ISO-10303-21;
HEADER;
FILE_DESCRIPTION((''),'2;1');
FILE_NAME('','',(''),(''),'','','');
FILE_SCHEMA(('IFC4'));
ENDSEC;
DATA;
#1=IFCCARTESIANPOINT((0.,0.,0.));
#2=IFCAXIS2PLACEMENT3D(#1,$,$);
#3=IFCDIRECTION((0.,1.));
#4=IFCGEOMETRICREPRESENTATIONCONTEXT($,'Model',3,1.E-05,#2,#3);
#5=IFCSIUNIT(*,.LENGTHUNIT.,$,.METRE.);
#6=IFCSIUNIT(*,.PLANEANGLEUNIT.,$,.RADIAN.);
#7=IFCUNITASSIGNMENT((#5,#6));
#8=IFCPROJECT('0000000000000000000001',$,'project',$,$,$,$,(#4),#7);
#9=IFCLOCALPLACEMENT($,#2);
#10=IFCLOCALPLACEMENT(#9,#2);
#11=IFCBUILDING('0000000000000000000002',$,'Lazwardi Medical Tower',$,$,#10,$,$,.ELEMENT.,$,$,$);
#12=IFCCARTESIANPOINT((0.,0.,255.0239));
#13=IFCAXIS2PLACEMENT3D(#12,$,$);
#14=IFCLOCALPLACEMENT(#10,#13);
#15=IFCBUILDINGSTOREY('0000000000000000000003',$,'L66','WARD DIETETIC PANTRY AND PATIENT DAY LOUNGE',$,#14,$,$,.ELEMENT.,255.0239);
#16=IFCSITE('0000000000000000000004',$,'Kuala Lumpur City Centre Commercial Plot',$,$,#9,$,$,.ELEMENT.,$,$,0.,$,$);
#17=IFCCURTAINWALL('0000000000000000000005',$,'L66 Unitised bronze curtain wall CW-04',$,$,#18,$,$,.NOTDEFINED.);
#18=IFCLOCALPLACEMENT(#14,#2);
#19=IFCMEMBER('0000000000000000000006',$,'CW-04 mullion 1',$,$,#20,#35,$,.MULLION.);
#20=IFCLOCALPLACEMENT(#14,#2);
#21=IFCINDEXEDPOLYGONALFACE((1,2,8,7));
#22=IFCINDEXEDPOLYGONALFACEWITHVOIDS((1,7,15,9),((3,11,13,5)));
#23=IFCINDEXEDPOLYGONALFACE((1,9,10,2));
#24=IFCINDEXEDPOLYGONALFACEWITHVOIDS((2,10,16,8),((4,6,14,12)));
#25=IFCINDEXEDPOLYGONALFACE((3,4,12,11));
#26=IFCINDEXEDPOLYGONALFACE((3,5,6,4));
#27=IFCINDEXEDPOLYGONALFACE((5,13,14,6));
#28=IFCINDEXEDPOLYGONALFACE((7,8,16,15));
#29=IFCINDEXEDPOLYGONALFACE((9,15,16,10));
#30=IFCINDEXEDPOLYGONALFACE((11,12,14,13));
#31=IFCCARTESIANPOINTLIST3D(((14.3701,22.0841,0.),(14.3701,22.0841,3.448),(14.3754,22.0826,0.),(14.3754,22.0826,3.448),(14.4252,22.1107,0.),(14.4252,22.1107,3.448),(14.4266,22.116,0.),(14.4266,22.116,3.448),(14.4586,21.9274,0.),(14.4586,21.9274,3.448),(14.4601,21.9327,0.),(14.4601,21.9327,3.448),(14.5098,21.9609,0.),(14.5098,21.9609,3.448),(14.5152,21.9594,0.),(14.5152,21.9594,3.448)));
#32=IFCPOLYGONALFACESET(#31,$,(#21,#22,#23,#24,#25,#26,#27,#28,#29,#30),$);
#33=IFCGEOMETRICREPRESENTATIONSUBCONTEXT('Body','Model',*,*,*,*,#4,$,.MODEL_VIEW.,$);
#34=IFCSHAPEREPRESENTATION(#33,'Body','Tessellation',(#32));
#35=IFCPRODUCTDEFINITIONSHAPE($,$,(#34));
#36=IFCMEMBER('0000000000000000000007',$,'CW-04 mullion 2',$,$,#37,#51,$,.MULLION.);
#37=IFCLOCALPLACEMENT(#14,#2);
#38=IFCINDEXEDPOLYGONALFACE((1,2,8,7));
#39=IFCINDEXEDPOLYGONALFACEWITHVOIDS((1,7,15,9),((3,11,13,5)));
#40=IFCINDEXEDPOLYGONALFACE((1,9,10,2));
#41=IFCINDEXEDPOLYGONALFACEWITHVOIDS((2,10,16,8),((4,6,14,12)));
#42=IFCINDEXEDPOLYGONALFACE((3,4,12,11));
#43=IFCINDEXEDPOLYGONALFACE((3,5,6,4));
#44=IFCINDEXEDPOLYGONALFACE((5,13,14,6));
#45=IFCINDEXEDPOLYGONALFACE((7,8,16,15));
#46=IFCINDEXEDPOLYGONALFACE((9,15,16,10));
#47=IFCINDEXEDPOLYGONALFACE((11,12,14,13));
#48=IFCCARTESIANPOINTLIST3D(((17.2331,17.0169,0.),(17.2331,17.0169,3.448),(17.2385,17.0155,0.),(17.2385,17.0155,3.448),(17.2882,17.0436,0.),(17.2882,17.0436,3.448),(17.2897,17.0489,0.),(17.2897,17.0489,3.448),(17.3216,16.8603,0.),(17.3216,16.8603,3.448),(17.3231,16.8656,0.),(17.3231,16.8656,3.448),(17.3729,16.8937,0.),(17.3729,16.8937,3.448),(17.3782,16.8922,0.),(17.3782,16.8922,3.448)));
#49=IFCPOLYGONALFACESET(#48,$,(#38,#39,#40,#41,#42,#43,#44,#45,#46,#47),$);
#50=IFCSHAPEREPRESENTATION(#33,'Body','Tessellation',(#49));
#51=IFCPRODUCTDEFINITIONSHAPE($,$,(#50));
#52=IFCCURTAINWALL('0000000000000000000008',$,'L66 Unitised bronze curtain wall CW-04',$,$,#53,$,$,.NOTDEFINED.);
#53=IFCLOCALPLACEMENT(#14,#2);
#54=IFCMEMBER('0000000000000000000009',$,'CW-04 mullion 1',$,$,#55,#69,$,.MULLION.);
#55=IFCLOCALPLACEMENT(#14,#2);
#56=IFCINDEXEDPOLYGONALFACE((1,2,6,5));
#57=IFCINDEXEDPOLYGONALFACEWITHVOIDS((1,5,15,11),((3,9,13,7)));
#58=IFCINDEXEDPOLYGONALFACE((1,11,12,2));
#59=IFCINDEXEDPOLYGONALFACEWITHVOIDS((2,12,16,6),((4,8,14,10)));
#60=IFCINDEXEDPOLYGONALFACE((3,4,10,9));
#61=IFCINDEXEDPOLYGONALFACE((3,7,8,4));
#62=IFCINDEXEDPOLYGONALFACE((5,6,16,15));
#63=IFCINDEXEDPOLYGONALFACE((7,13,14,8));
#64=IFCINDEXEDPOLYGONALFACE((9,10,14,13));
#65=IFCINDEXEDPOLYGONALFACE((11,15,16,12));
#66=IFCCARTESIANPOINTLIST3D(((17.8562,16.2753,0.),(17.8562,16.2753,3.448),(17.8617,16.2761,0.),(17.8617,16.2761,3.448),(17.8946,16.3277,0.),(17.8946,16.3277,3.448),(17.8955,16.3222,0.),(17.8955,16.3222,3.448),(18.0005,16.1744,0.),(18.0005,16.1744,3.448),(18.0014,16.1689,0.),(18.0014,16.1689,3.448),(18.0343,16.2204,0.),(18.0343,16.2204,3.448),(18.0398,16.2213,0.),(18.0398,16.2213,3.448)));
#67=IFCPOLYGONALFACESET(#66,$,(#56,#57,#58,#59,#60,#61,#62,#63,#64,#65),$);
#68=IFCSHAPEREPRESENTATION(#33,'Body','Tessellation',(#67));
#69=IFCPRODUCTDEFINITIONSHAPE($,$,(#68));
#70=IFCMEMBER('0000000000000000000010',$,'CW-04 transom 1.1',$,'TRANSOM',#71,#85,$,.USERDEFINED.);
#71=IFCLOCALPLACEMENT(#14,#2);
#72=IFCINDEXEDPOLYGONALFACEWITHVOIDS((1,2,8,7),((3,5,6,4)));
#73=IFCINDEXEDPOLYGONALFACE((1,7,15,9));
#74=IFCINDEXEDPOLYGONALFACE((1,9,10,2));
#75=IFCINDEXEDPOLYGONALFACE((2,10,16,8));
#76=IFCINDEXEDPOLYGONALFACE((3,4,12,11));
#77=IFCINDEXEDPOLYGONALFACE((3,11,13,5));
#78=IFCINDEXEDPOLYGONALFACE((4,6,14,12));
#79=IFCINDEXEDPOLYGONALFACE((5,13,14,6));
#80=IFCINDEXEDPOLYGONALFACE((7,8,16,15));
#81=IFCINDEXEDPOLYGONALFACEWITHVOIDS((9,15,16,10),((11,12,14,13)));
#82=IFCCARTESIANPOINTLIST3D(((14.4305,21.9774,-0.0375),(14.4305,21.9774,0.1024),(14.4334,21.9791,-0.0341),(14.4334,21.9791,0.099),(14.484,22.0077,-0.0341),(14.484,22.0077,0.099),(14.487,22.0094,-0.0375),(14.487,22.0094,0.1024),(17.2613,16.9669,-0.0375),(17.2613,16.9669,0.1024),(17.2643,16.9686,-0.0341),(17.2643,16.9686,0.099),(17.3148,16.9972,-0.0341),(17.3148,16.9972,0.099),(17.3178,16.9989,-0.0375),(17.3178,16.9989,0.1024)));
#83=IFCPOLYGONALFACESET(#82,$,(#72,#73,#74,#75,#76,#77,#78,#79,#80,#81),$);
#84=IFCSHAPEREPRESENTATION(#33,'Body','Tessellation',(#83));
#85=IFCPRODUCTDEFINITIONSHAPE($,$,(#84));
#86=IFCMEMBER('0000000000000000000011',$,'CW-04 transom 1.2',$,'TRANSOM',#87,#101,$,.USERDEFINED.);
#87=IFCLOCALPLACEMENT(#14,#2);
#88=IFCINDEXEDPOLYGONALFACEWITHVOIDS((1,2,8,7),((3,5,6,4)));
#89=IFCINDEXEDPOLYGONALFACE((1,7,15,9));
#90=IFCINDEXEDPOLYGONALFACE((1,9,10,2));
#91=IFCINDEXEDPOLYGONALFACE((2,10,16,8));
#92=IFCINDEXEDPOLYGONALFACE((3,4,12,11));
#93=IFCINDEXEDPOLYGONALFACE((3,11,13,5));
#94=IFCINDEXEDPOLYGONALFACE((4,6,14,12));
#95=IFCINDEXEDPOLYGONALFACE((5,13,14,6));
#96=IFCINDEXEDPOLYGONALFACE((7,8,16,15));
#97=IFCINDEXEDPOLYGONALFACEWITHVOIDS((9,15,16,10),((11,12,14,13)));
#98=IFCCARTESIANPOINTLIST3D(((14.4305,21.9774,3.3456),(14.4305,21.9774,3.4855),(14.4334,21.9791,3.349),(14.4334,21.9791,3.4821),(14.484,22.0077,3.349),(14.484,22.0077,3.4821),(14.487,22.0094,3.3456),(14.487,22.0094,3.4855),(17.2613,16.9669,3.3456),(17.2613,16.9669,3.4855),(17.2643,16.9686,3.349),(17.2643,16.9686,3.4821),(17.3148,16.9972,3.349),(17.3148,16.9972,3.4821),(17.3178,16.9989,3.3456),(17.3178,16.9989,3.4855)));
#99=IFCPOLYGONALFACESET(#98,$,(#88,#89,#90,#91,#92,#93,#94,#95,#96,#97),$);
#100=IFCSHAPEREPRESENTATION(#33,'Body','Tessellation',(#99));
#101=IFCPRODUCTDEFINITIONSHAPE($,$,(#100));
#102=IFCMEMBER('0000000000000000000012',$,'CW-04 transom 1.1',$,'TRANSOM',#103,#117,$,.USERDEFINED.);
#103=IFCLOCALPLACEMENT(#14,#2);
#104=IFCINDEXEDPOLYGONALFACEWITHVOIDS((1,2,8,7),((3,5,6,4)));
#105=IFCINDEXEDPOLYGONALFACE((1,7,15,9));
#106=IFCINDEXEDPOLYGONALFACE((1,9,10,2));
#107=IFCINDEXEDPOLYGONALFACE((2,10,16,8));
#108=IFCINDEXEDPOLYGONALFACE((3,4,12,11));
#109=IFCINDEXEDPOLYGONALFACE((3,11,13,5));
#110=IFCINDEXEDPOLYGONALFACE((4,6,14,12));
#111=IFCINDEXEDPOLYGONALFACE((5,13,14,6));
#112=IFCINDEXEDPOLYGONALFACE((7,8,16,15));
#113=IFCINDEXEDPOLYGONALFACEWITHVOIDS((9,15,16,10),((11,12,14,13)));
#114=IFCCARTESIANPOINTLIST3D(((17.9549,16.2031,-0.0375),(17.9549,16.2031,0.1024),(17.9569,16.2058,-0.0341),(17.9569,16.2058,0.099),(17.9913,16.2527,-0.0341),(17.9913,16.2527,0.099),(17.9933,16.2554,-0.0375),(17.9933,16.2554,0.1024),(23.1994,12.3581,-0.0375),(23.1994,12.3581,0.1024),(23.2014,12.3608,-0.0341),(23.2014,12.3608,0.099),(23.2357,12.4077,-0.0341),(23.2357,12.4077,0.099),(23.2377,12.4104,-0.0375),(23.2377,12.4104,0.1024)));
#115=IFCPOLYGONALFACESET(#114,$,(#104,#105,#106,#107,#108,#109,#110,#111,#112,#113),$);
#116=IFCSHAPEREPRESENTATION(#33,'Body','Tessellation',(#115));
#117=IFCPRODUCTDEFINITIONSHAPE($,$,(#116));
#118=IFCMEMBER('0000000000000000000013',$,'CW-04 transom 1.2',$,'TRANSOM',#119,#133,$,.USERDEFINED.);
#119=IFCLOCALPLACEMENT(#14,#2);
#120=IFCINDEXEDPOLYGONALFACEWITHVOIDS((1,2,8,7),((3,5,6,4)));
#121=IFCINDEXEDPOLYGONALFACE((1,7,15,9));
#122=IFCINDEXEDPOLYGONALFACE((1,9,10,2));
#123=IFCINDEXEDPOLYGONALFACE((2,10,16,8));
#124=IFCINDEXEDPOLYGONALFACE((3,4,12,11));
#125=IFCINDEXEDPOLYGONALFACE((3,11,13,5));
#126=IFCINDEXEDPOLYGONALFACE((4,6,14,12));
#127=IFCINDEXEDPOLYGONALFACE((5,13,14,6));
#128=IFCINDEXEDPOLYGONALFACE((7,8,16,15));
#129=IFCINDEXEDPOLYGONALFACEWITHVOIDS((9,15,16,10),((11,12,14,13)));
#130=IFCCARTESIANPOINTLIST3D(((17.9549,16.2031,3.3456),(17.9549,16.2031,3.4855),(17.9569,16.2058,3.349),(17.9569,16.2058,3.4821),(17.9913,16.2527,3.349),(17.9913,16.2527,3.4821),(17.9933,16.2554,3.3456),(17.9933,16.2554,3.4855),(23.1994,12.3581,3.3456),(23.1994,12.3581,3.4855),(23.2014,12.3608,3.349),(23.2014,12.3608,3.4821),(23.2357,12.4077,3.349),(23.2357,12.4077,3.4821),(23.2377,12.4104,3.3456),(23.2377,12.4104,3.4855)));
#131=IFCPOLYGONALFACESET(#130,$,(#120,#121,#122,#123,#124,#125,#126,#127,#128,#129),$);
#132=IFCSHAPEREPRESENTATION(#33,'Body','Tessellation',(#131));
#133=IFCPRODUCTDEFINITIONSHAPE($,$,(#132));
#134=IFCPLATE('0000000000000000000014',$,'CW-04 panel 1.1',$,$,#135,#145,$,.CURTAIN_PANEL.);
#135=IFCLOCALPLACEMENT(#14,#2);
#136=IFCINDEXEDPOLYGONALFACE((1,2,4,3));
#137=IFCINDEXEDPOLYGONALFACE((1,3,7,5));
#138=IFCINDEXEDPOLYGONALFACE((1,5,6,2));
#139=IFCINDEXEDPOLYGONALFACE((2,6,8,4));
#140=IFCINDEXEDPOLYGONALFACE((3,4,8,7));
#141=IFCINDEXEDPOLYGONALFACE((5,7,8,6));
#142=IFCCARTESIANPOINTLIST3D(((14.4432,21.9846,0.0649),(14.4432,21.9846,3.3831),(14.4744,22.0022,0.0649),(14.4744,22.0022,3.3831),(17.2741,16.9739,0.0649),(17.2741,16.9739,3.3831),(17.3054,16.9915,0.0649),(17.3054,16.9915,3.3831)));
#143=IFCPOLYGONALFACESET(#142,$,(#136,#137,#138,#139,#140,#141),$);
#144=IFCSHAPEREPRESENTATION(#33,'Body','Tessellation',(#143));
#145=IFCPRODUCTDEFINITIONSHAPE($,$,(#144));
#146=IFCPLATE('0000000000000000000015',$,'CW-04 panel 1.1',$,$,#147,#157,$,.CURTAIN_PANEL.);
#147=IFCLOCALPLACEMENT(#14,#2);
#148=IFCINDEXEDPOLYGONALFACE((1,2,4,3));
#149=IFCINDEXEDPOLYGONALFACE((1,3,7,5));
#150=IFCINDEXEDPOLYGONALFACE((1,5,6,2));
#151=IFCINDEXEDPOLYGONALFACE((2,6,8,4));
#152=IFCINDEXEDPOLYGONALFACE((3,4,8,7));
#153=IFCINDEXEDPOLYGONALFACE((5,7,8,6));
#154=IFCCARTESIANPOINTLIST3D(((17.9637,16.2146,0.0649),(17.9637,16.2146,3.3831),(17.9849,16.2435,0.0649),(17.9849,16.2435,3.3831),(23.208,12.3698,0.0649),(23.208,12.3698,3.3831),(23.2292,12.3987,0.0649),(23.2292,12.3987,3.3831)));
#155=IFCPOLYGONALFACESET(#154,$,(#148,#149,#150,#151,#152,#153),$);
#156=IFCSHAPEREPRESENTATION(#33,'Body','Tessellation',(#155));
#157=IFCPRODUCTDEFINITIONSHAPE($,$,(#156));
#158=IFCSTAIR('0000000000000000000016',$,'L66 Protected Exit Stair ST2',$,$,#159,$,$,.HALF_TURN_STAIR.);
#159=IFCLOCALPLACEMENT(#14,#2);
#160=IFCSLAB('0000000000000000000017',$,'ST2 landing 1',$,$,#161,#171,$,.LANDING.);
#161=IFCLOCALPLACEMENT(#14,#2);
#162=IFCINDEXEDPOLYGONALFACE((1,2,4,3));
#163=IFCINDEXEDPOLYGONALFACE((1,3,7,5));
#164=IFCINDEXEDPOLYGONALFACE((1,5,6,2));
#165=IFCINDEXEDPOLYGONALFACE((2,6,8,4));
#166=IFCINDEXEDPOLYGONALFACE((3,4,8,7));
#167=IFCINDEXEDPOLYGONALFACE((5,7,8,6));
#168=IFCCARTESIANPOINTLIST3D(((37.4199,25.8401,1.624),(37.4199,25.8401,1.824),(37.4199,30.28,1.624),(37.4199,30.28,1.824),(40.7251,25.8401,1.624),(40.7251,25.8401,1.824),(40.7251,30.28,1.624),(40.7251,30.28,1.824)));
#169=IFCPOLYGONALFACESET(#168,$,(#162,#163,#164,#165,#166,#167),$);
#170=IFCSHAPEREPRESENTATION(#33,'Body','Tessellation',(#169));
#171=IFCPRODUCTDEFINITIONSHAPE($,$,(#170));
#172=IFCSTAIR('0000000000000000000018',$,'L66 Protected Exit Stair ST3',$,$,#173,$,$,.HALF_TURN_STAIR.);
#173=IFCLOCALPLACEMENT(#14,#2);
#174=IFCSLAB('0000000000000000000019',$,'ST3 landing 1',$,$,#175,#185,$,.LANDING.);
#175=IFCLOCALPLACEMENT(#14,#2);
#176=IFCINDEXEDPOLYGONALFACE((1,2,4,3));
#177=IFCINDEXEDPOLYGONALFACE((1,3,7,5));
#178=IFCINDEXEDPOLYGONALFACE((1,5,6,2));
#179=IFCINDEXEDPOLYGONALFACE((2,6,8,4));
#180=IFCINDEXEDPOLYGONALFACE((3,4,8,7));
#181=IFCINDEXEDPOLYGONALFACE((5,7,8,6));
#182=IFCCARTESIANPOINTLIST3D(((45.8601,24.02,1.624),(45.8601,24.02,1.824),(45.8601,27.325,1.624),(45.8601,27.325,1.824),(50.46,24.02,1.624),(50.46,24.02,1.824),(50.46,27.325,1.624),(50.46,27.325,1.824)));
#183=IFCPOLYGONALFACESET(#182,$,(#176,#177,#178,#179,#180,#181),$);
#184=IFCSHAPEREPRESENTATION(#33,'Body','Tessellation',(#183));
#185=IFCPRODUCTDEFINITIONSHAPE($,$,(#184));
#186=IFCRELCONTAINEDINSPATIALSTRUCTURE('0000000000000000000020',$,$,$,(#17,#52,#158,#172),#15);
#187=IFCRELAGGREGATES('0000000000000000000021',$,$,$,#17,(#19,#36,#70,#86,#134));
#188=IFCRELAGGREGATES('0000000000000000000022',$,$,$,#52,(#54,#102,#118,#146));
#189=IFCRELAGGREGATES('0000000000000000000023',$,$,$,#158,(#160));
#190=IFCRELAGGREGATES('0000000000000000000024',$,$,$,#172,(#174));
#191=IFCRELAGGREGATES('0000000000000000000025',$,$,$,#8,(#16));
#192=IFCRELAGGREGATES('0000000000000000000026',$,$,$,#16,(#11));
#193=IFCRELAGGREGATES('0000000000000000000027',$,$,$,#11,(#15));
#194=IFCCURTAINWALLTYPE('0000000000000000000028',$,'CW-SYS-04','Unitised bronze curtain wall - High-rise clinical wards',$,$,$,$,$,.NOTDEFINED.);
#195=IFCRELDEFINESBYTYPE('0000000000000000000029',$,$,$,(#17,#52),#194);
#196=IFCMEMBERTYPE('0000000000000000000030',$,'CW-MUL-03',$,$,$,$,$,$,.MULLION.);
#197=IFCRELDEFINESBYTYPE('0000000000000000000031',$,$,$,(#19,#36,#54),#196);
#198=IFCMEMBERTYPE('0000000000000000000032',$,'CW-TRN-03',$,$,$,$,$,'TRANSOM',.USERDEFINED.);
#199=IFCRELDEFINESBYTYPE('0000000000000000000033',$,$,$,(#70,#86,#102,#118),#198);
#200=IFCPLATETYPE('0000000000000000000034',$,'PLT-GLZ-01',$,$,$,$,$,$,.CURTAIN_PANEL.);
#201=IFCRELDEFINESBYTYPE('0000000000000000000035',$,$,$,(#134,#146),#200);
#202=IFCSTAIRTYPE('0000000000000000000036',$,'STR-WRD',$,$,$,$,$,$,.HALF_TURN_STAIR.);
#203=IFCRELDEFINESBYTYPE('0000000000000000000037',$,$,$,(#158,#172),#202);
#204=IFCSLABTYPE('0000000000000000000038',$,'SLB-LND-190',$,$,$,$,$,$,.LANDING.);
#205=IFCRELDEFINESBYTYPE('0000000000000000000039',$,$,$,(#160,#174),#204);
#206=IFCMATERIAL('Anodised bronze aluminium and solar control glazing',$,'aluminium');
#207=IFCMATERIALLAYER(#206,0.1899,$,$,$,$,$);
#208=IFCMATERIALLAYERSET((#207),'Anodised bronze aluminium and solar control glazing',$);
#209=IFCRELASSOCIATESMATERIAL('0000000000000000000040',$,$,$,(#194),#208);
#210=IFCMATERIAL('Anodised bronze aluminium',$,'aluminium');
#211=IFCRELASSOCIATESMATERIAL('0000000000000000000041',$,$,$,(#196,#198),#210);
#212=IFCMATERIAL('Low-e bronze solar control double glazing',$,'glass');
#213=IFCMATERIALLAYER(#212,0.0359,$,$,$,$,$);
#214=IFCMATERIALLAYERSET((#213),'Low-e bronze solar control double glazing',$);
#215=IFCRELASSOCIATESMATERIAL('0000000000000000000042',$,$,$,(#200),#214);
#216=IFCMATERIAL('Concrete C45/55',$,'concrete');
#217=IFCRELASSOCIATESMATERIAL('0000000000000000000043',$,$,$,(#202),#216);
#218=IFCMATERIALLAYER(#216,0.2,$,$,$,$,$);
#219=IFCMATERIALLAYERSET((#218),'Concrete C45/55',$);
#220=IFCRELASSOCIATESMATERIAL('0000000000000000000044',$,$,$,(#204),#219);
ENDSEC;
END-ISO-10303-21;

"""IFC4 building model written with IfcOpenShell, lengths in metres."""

from ifc_helpers import new_model, si_unit, direction, frame, origin, origin_2d, place, context, subcontext, project, spatial, polyline, rectangle, hollow_rectangle, outline, extrude, material, layer, layer_set, material_profile, profile_set, type_object, element, aggregate, save


model = new_model("IFC4")

# Units and contexts
model_context = context("Model", 3, precision=1e-05, world=origin(), true_north=direction((0.0, 1.0)))
body_context = subcontext(model_context, "Body", "Model", "MODEL_VIEW")
ifc_project = project(units=[si_unit("LENGTHUNIT", "METRE"), si_unit("PLANEANGLEUNIT", "RADIAN")], contexts=[model_context])

# Site, building, storey
site_placement = place(None, origin())
site = spatial("IfcSite", under=ifc_project, at=site_placement, Name="Kuala Lumpur City Centre Commercial Plot", CompositionType="ELEMENT", RefElevation=0.0)
building_placement = place(site_placement, origin())
building = spatial("IfcBuilding", under=site, at=building_placement, Name="Lazwardi Medical Tower", CompositionType="ELEMENT")
storey_placement = place(building_placement, frame((0.0, 0.0, 255.0239)))
storey = spatial("IfcBuildingStorey", under=building, at=storey_placement, Name="L66", Description="WARD DIETETIC PANTRY AND PATIENT DAY LOUNGE", CompositionType="ELEMENT", Elevation=255.0239)

# Curtain wall, members
ifc_material_1 = material(Name="Anodised bronze aluminium and solar control glazing", Category="aluminium")
ifc_layer_1 = layer(ifc_material_1, 0.1899)
ifc_layer_set_1 = layer_set([ifc_layer_1], Name="Anodised bronze aluminium and solar control glazing")
curtain_wall_type = type_object("IfcCurtainWallType", Name="CW-SYS-04", Description="Unitised bronze curtain wall - High-rise clinical wards", PredefinedType="NOTDEFINED", material=ifc_layer_set_1)
curtain_wall_1_placement = place(storey_placement, origin())
curtain_wall_1 = element("IfcCurtainWall", 1, at=curtain_wall_1_placement, inside=storey, type_object=curtain_wall_type, Name="L66 Unitised bronze curtain wall CW-04", PredefinedType="NOTDEFINED")
ifc_material_2 = material(Name="Anodised bronze aluminium", Category="aluminium")
ifc_material_profile_1 = material_profile(ifc_material_2, hollow_rectangle(XDim=0.0649, YDim=0.1799, WallThickness=0.0039, at=origin_2d()), Name="ALU-MULLION 180x65x4")
ifc_profile_set_1 = profile_set([ifc_material_profile_1], Name="Anodised bronze aluminium")
member_type_1 = type_object("IfcMemberType", Name="CW-MUL-03", PredefinedType="MULLION", material=ifc_profile_set_1)
member_1_placement = place(storey_placement, frame((14.4426, 22.0217, 0.0), z_axis=(0.0, 0.0, 1.0), x_axis=(0.870651, 0.4919, 0.0)))
member_1 = element("IfcMember", 2, at=member_1_placement, type_object=member_type_1, Name="CW-04 mullion 1", PredefinedType="MULLION", context=body_context, shape_type="SweptSolid", body=[
    extrude(hollow_rectangle(XDim=0.0649, YDim=0.1799, WallThickness=0.0039, at=origin_2d()), origin(), (0.0, 0.0, 1.0), 3.448),
])
member_2_placement = place(storey_placement, frame((17.3057, 16.9546, 0.0), z_axis=(0.0, 0.0, 1.0), x_axis=(0.870651, 0.4919, 0.0)))
member_2 = element("IfcMember", 3, at=member_2_placement, type_object=member_type_1, Name="CW-04 mullion 2", PredefinedType="MULLION", context=body_context, shape_type="SweptSolid", body=[
    extrude(hollow_rectangle(XDim=0.0649, YDim=0.1799, WallThickness=0.0039, at=origin_2d()), origin(), (0.0, 0.0, 1.0), 3.448),
])

# Curtain wall, member
curtain_wall_2_placement = place(storey_placement, origin())
curtain_wall_2 = element("IfcCurtainWall", 4, at=curtain_wall_2_placement, inside=storey, type_object=curtain_wall_type, Name="L66 Unitised bronze curtain wall CW-04", PredefinedType="NOTDEFINED")
member_3_placement = place(storey_placement, frame((17.948, 16.2483, 0.0), z_axis=(0.0, 0.0, 1.0), x_axis=(0.591268, 0.806475, 0.0)))
member_3 = element("IfcMember", 5, at=member_3_placement, type_object=member_type_1, Name="CW-04 mullion 1", PredefinedType="MULLION", context=body_context, shape_type="SweptSolid", body=[
    extrude(hollow_rectangle(XDim=0.0649, YDim=0.1799, WallThickness=0.0039, at=origin_2d()), origin(), (0.0, 0.0, 1.0), 3.448),
])

# Members
ifc_material_profile_2 = material_profile(ifc_material_2, hollow_rectangle(XDim=0.0649, YDim=0.1399, WallThickness=0.0034, at=origin_2d()), Name="ALU-TRANSOM 140x65x3.5")
ifc_profile_set_2 = profile_set([ifc_material_profile_2], Name="Anodised bronze aluminium")
member_type_2 = type_object("IfcMemberType", Name="CW-TRN-03", ElementType="TRANSOM", PredefinedType="USERDEFINED", material=ifc_profile_set_2)
member_4_placement = place(storey_placement, frame((14.4587, 21.9934, 0.0325), z_axis=(0.491898, -0.870653, 0.0), x_axis=(0.870653, 0.491898, 0.0)))
member_4 = element("IfcMember", 6, at=member_4_placement, type_object=member_type_2, Name="CW-04 transom 1.1", ObjectType="TRANSOM", PredefinedType="USERDEFINED", context=body_context, shape_type="SweptSolid", body=[
    extrude(hollow_rectangle(XDim=0.0649, YDim=0.1399, WallThickness=0.0034, at=origin_2d()), origin(), (0.0, 0.0, 1.0), 5.7549),
])
member_5_placement = place(storey_placement, frame((14.4587, 21.9934, 3.4155), z_axis=(0.491898, -0.870653, 0.0), x_axis=(0.870653, 0.491898, 0.0)))
member_5 = element("IfcMember", 7, at=member_5_placement, type_object=member_type_2, Name="CW-04 transom 1.2", ObjectType="TRANSOM", PredefinedType="USERDEFINED", context=body_context, shape_type="SweptSolid", body=[
    extrude(hollow_rectangle(XDim=0.0649, YDim=0.1399, WallThickness=0.0034, at=origin_2d()), origin(), (0.0, 0.0, 1.0), 5.7549),
])
member_6_placement = place(storey_placement, frame((17.9741, 16.2292, 0.0325), z_axis=(0.806472, -0.591273, 0.0), x_axis=(0.591273, 0.806472, 0.0)))
member_6 = element("IfcMember", 8, at=member_6_placement, type_object=member_type_2, Name="CW-04 transom 1.1", ObjectType="TRANSOM", PredefinedType="USERDEFINED", context=body_context, shape_type="SweptSolid", body=[
    extrude(hollow_rectangle(XDim=0.0649, YDim=0.1399, WallThickness=0.0034, at=origin_2d()), origin(), (0.0, 0.0, 1.0), 6.5029),
])
member_7_placement = place(storey_placement, frame((17.9741, 16.2292, 3.4155), z_axis=(0.806472, -0.591273, 0.0), x_axis=(0.591273, 0.806472, 0.0)))
member_7 = element("IfcMember", 9, at=member_7_placement, type_object=member_type_2, Name="CW-04 transom 1.2", ObjectType="TRANSOM", PredefinedType="USERDEFINED", context=body_context, shape_type="SweptSolid", body=[
    extrude(hollow_rectangle(XDim=0.0649, YDim=0.1399, WallThickness=0.0034, at=origin_2d()), origin(), (0.0, 0.0, 1.0), 6.5029),
])

# Plates
ifc_material_3 = material(Name="Low-e bronze solar control double glazing", Category="glass")
ifc_layer_2 = layer(ifc_material_3, 0.0359)
ifc_layer_set_2 = layer_set([ifc_layer_2], Name="Low-e bronze solar control double glazing")
plate_type = type_object("IfcPlateType", Name="PLT-GLZ-01", PredefinedType="CURTAIN_PANEL", material=ifc_layer_set_2)
plate_1_placement = place(storey_placement, frame((15.8743, 19.488, 0.0649), z_axis=(0.0, 0.0, 1.0), x_axis=(0.4919, -0.870651, 0.0)))
plate_1 = element("IfcPlate", 10, at=plate_1_placement, type_object=plate_type, Name="CW-04 panel 1.1", PredefinedType="CURTAIN_PANEL", context=body_context, shape_type="SweptSolid", body=[
    extrude(rectangle(XDim=5.7551, YDim=0.0359, at=origin_2d()), origin(), (0.0, 0.0, 1.0), 3.3181),
])
aggregate(curtain_wall_1, [member_1, member_2, member_4, member_5, plate_1])
plate_2_placement = place(storey_placement, frame((20.5964, 14.3066, 0.0649), z_axis=(0.0, 0.0, 1.0), x_axis=(0.806475, -0.591268, 0.0)))
plate_2 = element("IfcPlate", 11, at=plate_2_placement, type_object=plate_type, Name="CW-04 panel 1.1", PredefinedType="CURTAIN_PANEL", context=body_context, shape_type="SweptSolid", body=[
    extrude(rectangle(XDim=6.5027, YDim=0.0359, at=origin_2d()), origin(), (0.0, 0.0, 1.0), 3.3181),
])
aggregate(curtain_wall_2, [member_3, member_6, member_7, plate_2])

# Stairs, slabs
ifc_material_4 = material(Name="Concrete C45/55", Category="concrete")
stair_type = type_object("IfcStairType", Name="STR-WRD", PredefinedType="HALF_TURN_STAIR", material=ifc_material_4)
stair_1_placement = place(storey_placement, origin())
stair_1 = element("IfcStair", 12, at=stair_1_placement, inside=storey, type_object=stair_type, Name="L66 Protected Exit Stair ST2", PredefinedType="HALF_TURN_STAIR")
ifc_layer_3 = layer(ifc_material_4, 0.2)
ifc_layer_set_3 = layer_set([ifc_layer_3], Name="Concrete C45/55")
slab_type = type_object("IfcSlabType", Name="SLB-LND-190", PredefinedType="LANDING", material=ifc_layer_set_3)
slab_1_placement = place(storey_placement, frame((0.0, 0.0, 1.624)))
slab_1 = element("IfcSlab", 13, at=slab_1_placement, type_object=slab_type, Name="ST2 landing 1", PredefinedType="LANDING", context=body_context, shape_type="SweptSolid", body=[
    extrude(outline(polyline([(40.7251, 30.28), (37.4199, 30.28), (37.4199, 25.8401), (40.7251, 25.8401), (40.7251, 30.28)])), origin(), (0.0, 0.0, 1.0), 0.2),
])
aggregate(stair_1, [slab_1])
stair_2_placement = place(storey_placement, origin())
stair_2 = element("IfcStair", 14, at=stair_2_placement, inside=storey, type_object=stair_type, Name="L66 Protected Exit Stair ST3", PredefinedType="HALF_TURN_STAIR")
slab_2_placement = place(storey_placement, frame((0.0, 0.0, 1.624)))
slab_2 = element("IfcSlab", 15, at=slab_2_placement, type_object=slab_type, Name="ST3 landing 1", PredefinedType="LANDING", context=body_context, shape_type="SweptSolid", body=[
    extrude(outline(polyline([(45.8601, 27.325), (45.8601, 24.02), (50.46, 24.02), (50.46, 27.325), (45.8601, 27.325)])), origin(), (0.0, 0.0, 1.0), 0.2),
])
aggregate(stair_2, [slab_2])

save(model, "model.ifc")
